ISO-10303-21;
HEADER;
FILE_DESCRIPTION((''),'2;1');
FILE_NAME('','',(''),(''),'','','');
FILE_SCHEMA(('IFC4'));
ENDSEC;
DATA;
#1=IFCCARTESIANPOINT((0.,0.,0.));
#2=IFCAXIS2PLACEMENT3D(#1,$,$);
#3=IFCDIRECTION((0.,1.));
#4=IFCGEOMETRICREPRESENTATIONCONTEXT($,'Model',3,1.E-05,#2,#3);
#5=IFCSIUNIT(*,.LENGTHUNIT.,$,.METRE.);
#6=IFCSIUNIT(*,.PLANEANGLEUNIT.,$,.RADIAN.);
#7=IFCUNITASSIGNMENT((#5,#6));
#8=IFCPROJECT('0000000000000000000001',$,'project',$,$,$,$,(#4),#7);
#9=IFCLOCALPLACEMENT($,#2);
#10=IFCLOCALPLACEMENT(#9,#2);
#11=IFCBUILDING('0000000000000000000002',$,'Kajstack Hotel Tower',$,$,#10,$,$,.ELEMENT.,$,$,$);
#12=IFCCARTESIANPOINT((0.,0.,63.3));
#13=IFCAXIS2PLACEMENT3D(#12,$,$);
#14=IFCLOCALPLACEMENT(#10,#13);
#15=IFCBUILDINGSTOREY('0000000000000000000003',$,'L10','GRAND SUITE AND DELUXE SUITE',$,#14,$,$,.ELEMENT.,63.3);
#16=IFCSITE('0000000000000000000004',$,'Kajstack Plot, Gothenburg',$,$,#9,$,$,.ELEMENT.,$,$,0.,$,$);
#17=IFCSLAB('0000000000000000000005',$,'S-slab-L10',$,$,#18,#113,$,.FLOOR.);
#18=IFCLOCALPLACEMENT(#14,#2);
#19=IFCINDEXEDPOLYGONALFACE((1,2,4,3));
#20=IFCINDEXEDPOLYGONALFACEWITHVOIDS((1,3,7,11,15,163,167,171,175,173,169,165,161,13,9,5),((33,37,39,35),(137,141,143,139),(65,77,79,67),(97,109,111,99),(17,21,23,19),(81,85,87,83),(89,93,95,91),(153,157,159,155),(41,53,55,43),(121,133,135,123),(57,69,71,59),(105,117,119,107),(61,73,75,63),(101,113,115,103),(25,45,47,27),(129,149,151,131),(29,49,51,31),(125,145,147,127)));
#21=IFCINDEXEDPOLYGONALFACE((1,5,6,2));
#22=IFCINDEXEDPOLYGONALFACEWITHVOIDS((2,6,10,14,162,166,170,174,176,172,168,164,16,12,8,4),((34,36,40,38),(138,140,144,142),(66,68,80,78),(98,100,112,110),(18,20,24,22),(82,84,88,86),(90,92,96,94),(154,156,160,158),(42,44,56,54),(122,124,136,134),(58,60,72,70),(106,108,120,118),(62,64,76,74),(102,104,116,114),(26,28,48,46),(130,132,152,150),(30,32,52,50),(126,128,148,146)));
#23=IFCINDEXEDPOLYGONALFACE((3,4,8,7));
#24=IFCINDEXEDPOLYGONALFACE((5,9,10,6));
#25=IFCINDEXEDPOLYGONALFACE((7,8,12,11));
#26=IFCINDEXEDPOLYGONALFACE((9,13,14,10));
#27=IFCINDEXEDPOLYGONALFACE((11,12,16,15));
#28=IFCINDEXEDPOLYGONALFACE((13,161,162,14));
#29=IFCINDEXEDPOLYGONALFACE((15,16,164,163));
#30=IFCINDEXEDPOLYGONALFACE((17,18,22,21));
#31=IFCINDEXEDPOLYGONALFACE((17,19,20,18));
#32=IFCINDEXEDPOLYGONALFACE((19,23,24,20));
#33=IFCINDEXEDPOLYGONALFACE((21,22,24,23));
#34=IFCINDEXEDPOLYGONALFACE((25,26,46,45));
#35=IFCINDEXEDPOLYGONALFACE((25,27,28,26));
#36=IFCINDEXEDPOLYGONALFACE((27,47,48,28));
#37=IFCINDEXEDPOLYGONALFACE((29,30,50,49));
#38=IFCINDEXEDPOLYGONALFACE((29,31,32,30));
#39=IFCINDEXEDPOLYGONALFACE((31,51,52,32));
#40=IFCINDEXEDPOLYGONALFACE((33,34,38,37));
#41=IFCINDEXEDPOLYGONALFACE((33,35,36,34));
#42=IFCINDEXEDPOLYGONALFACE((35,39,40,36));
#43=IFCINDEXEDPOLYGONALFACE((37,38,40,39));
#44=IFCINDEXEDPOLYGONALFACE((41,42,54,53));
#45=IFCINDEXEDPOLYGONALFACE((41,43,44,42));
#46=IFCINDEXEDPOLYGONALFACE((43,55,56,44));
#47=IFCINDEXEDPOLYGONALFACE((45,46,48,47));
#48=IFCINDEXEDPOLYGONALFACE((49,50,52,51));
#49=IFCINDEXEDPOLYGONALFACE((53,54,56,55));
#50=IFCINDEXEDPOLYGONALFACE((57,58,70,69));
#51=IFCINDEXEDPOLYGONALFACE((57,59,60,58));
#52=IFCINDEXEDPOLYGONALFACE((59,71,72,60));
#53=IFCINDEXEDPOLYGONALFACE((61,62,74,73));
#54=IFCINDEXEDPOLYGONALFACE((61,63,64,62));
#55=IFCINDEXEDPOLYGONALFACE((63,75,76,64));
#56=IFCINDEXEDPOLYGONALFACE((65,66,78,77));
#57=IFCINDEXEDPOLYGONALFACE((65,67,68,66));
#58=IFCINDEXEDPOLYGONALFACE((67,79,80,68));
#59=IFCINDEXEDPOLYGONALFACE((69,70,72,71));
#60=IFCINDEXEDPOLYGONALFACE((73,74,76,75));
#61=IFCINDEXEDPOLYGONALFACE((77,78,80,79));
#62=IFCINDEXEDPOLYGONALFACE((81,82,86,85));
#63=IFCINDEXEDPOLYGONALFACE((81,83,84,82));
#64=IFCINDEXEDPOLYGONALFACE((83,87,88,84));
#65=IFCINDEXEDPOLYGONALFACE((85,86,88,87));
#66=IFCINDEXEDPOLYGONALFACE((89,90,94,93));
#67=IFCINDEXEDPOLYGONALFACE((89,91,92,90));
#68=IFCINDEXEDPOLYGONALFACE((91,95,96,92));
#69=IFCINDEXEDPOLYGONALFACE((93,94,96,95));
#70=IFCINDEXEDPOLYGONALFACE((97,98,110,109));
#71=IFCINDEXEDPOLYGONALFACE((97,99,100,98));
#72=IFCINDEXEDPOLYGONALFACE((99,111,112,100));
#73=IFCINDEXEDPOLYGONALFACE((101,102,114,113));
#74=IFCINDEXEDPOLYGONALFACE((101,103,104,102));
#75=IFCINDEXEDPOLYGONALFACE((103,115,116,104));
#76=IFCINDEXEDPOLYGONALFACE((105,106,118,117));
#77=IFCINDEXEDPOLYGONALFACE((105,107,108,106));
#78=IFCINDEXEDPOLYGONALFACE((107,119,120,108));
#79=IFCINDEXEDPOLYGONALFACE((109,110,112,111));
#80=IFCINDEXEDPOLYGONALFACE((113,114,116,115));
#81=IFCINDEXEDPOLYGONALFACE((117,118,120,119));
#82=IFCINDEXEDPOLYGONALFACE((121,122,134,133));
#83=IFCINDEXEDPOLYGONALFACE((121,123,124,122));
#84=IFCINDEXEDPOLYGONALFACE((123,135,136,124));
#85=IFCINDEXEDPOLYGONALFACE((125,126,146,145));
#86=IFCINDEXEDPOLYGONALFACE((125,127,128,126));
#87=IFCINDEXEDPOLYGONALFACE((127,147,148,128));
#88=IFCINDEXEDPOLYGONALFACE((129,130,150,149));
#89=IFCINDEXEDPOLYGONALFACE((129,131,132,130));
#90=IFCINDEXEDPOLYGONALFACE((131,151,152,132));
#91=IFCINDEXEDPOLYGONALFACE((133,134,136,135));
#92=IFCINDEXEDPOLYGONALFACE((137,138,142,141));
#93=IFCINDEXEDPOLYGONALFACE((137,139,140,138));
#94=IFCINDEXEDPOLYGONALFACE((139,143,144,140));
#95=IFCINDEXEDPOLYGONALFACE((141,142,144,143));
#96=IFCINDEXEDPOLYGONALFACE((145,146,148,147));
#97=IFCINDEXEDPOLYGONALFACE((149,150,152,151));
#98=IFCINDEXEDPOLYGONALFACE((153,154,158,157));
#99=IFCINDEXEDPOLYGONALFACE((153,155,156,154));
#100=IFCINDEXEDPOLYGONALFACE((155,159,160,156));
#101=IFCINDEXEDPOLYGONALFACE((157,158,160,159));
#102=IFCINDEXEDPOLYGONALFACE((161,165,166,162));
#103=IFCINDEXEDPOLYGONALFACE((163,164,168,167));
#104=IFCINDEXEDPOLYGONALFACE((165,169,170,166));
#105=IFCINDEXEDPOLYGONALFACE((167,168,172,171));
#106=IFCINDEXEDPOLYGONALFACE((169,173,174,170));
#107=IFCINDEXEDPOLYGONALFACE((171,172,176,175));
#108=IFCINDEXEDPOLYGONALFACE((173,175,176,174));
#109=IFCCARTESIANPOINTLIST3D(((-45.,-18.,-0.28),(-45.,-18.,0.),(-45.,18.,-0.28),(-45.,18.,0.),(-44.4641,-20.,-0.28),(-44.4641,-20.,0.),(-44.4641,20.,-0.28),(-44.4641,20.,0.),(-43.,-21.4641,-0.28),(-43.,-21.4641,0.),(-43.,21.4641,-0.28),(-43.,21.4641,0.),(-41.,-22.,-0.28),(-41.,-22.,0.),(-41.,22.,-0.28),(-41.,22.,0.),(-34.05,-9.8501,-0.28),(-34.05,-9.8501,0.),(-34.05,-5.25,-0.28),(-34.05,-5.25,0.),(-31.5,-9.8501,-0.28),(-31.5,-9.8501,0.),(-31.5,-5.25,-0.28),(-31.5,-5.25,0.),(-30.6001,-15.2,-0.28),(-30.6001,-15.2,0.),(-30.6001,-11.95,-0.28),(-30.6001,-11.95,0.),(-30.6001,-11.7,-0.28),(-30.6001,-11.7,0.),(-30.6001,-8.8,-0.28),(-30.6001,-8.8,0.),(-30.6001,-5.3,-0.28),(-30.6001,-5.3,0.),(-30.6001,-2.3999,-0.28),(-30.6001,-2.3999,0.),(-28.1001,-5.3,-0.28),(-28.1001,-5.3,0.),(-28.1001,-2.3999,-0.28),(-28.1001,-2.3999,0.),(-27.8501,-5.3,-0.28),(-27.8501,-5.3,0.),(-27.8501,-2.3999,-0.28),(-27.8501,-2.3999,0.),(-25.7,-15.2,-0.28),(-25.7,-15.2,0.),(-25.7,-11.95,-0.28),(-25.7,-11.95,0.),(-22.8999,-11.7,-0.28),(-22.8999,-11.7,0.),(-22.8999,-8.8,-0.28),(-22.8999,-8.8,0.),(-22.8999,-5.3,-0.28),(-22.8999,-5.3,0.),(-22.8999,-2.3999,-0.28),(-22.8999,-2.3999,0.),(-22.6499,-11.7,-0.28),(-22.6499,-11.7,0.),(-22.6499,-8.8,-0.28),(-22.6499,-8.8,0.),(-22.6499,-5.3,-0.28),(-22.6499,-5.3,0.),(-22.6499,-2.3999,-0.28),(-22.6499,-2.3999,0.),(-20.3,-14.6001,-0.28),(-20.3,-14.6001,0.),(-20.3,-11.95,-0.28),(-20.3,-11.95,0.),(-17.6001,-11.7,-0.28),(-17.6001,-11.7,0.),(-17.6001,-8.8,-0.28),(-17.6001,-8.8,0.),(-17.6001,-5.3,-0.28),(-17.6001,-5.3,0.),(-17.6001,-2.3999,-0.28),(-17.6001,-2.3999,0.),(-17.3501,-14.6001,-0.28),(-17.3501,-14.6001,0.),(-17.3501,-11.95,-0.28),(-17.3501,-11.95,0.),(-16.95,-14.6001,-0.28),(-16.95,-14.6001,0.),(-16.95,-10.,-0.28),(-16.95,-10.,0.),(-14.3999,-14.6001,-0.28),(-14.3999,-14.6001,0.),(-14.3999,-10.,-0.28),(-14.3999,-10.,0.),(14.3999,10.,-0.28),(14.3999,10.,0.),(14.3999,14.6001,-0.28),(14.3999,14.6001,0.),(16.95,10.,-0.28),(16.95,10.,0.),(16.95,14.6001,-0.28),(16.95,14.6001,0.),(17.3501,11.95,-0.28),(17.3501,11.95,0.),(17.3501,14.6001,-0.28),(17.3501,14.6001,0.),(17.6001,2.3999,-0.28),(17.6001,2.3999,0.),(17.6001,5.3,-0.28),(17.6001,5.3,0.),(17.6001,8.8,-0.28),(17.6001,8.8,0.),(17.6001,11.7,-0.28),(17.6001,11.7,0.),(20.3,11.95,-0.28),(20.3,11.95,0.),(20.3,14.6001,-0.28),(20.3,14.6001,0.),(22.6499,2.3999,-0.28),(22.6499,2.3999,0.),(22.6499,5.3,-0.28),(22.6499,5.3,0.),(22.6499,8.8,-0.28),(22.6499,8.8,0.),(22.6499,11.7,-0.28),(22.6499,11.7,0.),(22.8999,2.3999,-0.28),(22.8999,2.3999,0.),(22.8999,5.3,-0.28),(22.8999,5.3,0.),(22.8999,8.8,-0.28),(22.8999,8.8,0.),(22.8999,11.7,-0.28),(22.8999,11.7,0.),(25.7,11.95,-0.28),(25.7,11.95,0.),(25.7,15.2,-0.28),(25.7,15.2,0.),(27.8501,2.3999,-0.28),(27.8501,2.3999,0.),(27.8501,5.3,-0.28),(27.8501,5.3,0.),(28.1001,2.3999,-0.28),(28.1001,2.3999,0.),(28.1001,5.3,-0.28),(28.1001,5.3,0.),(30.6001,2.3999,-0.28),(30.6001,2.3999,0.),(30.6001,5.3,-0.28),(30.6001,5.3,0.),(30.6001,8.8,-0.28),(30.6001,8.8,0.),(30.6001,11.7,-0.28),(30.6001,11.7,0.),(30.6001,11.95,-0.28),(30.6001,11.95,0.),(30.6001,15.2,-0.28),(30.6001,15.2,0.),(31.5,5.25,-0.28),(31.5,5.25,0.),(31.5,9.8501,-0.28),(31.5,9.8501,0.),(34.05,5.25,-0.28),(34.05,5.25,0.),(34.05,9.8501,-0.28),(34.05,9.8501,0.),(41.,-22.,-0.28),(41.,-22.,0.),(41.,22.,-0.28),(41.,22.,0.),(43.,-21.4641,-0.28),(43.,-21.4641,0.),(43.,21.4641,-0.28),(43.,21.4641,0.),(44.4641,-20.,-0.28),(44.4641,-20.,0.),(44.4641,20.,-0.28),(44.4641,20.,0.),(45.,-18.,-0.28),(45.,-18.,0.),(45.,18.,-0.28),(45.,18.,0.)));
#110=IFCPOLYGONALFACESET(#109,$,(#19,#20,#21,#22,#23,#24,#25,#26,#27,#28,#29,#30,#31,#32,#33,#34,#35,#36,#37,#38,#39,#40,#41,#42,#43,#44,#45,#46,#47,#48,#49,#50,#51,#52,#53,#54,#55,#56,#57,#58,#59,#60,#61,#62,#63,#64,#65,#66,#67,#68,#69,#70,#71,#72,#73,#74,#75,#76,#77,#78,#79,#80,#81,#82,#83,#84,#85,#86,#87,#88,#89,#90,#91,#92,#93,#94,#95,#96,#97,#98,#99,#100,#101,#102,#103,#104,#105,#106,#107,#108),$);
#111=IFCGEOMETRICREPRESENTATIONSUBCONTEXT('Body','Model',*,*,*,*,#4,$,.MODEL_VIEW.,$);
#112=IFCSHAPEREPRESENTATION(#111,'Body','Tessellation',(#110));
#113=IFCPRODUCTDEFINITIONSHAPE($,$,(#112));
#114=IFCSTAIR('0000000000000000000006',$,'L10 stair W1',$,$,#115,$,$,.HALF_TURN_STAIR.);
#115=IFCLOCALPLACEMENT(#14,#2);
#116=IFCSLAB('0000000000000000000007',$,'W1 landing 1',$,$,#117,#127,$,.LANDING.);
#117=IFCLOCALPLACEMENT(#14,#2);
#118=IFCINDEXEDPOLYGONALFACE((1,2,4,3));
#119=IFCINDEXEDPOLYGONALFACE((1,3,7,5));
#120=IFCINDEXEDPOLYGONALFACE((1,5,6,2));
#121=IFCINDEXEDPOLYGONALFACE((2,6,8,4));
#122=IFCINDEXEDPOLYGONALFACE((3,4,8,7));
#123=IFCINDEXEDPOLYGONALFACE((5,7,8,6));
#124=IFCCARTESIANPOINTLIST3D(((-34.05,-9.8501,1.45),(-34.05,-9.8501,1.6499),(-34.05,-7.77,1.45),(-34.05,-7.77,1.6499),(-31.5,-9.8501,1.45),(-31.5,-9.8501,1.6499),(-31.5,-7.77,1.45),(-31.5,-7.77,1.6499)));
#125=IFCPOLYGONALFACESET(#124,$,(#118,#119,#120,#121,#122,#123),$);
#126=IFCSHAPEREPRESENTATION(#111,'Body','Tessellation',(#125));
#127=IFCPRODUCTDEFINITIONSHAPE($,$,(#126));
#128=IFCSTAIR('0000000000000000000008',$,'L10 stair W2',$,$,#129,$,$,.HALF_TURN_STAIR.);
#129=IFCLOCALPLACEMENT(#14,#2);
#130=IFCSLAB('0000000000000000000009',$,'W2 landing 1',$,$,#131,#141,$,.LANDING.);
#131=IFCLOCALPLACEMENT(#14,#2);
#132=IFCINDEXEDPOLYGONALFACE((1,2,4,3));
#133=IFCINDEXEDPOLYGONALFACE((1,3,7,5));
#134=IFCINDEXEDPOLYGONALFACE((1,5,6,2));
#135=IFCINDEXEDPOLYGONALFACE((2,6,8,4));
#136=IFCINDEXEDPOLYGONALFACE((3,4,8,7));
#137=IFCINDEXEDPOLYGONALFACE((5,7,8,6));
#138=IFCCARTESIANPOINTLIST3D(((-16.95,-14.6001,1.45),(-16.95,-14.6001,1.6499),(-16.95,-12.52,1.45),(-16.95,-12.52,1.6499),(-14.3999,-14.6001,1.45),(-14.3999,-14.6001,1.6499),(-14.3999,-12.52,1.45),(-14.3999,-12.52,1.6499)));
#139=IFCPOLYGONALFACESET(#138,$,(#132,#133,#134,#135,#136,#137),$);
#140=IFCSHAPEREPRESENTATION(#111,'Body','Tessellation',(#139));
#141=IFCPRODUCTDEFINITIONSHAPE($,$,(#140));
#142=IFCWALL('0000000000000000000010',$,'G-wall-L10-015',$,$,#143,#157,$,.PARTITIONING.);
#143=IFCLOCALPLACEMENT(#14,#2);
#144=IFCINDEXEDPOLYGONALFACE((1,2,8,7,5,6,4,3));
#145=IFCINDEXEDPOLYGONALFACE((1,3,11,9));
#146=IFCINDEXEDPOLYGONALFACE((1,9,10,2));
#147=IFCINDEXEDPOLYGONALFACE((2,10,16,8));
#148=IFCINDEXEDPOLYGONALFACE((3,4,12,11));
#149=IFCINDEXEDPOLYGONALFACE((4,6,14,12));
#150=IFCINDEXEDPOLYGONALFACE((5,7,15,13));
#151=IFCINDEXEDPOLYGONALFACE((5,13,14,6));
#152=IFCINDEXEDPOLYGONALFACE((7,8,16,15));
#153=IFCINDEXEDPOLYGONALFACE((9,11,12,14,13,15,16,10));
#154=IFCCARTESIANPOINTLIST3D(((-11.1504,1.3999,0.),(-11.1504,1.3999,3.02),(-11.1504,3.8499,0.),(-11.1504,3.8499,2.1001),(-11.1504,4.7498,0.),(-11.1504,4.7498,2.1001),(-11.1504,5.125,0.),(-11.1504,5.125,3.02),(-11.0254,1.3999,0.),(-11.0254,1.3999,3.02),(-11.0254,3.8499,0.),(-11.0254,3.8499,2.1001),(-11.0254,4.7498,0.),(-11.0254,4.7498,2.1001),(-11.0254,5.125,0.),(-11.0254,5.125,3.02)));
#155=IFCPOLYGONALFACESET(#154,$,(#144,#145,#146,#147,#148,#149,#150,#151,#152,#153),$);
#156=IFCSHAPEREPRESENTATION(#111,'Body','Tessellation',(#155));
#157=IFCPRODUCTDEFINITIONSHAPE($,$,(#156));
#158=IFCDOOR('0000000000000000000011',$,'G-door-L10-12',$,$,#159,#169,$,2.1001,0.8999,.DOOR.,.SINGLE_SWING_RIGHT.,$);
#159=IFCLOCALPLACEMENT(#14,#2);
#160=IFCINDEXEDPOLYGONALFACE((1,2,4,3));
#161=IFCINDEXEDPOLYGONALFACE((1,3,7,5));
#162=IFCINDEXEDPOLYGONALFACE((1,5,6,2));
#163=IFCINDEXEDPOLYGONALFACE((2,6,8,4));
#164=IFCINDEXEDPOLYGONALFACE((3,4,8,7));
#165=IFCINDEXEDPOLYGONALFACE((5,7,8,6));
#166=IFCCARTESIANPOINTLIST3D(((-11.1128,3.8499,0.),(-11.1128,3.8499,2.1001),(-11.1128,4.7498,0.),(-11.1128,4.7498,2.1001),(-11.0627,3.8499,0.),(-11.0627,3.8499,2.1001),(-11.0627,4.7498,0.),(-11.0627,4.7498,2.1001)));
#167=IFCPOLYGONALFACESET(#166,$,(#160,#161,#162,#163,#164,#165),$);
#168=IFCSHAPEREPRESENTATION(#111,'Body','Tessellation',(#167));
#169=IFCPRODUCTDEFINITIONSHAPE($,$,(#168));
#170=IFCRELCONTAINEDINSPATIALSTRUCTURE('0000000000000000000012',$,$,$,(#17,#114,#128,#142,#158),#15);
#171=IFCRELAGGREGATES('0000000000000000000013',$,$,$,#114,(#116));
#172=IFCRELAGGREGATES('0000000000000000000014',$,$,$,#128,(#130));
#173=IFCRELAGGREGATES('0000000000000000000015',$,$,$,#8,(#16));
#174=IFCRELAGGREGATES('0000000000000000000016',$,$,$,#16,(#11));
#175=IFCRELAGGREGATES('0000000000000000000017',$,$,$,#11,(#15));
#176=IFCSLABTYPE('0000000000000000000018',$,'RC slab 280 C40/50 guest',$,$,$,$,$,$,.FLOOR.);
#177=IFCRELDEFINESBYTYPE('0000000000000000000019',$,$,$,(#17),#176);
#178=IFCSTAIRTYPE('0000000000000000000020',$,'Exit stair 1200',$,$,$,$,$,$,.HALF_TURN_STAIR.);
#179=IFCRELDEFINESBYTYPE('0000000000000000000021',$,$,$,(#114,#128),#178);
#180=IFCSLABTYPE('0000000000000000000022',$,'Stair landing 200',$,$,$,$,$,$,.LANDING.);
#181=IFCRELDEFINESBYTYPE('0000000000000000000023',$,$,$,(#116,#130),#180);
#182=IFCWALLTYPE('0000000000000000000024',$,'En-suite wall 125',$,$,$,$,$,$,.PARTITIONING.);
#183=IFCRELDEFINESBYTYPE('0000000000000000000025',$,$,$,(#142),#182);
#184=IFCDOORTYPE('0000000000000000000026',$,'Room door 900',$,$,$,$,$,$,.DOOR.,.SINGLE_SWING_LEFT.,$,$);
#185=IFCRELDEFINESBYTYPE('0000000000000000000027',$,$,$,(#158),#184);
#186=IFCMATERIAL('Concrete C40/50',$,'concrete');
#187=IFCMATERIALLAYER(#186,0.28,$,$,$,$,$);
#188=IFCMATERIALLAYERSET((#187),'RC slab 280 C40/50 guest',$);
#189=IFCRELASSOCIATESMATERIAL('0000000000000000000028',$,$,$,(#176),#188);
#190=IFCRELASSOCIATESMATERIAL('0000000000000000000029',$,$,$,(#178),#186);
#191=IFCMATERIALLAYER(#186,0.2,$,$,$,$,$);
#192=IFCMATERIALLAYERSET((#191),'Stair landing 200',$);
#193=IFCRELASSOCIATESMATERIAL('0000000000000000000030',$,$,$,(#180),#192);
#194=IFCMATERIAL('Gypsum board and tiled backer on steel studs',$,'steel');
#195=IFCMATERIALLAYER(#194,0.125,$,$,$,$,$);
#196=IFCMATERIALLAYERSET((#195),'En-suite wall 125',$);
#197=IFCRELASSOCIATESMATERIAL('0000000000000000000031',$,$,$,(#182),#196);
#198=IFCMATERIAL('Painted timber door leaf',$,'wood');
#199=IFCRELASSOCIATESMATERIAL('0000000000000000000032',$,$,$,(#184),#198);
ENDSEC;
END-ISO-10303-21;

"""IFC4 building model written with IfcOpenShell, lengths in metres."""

from ifc_helpers import new_model, si_unit, direction, frame, frame_2d, origin, place, context, subcontext, project, spatial, polyline, rectangle, outline, extrude, material, layer, layer_set, type_object, element, fill, aggregate, save


model = new_model("IFC4")

# Units and contexts
model_context = context("Model", 3, precision=1e-05, world=origin(), true_north=direction((0.0, 1.0)))
body_context = subcontext(model_context, "Body", "Model", "MODEL_VIEW")
ifc_project = project(units=[si_unit("LENGTHUNIT", "METRE"), si_unit("PLANEANGLEUNIT", "RADIAN")], contexts=[model_context])

# Site, building, storey
site_placement = place(None, origin())
site = spatial("IfcSite", under=ifc_project, at=site_placement, Name="Kajstack Plot, Gothenburg", CompositionType="ELEMENT", RefElevation=0.0)
building_placement = place(site_placement, origin())
building = spatial("IfcBuilding", under=site, at=building_placement, Name="Kajstack Hotel Tower", CompositionType="ELEMENT")
storey_placement = place(building_placement, frame((0.0, 0.0, 63.3)))
storey = spatial("IfcBuildingStorey", under=building, at=storey_placement, Name="L10", Description="GRAND SUITE AND DELUXE SUITE", CompositionType="ELEMENT", Elevation=63.3)

# Slab
ifc_material_1 = material(Name="Concrete C40/50", Category="concrete")
ifc_layer_1 = layer(ifc_material_1, 0.28)
ifc_layer_set_1 = layer_set([ifc_layer_1], Name="RC slab 280 C40/50 guest")
slab_type_1 = type_object("IfcSlabType", Name="RC slab 280 C40/50 guest", PredefinedType="FLOOR", material=ifc_layer_set_1)
slab_1_placement = place(storey_placement, frame((0.0, 0.0, -0.28)))
element("IfcSlab", 1, at=slab_1_placement, inside=storey, type_object=slab_type_1, Name="S-slab-L10", PredefinedType="FLOOR", context=body_context, shape_type="SweptSolid", body=[
    extrude(outline(polyline([(-45.0, -18.0), (-44.4641, -20.0), (-43.0, -21.4641), (-41.0, -22.0), (41.0, -22.0), (43.0, -21.4641), (44.4641, -20.0), (45.0, -18.0), (45.0, 18.0), (44.4641, 20.0), (43.0, 21.4641), (41.0, 22.0), (-41.0, 22.0), (-43.0, 21.4641), (-44.4641, 20.0), (-45.0, 18.0), (-45.0, -18.0)]), holes=[polyline([(-30.6001, -11.7), (-30.6001, -8.8), (-22.8999, -8.8), (-22.8999, -11.7), (-30.6001, -11.7)]), polyline([(-22.6499, -11.7), (-22.6499, -8.8), (-17.6001, -8.8), (-17.6001, -11.7), (-22.6499, -11.7)]), polyline([(-27.8501, -5.3), (-27.8501, -2.3999), (-22.8999, -2.3999), (-22.8999, -5.3), (-27.8501, -5.3)]), polyline([(-22.6499, -5.3), (-22.6499, -2.3999), (-17.6001, -2.3999), (-17.6001, -5.3), (-22.6499, -5.3)]), polyline([(-20.3, -14.6001), (-17.3501, -14.6001), (-17.3501, -11.95), (-20.3, -11.95), (-20.3, -14.6001)]), polyline([(-30.6001, -5.3), (-28.1001, -5.3), (-28.1001, -2.3999), (-30.6001, -2.3999), (-30.6001, -5.3)]), polyline([(22.8999, 8.8), (22.8999, 11.7), (30.6001, 11.7), (30.6001, 8.8), (22.8999, 8.8)]), polyline([(17.6001, 8.8), (17.6001, 11.7), (22.6499, 11.7), (22.6499, 8.8), (17.6001, 8.8)]), polyline([(22.8999, 2.3999), (22.8999, 5.3), (27.8501, 5.3), (27.8501, 2.3999), (22.8999, 2.3999)]), polyline([(17.6001, 2.3999), (17.6001, 5.3), (22.6499, 5.3), (22.6499, 2.3999), (17.6001, 2.3999)]), polyline([(20.3, 14.6001), (17.3501, 14.6001), (17.3501, 11.95), (20.3, 11.95), (20.3, 14.6001)]), polyline([(30.6001, 5.3), (28.1001, 5.3), (28.1001, 2.3999), (30.6001, 2.3999), (30.6001, 5.3)]), polyline([(-34.05, -9.8501), (-31.5, -9.8501), (-31.5, -5.25), (-34.05, -5.25), (-34.05, -9.8501)]), polyline([(-16.95, -14.6001), (-14.3999, -14.6001), (-14.3999, -10.0), (-16.95, -10.0), (-16.95, -14.6001)]), polyline([(-30.6001, -15.2), (-25.7, -15.2), (-25.7, -11.95), (-30.6001, -11.95), (-30.6001, -15.2)]), polyline([(34.05, 9.8501), (31.5, 9.8501), (31.5, 5.25), (34.05, 5.25), (34.05, 9.8501)]), polyline([(16.95, 14.6001), (14.3999, 14.6001), (14.3999, 10.0), (16.95, 10.0), (16.95, 14.6001)]), polyline([(30.6001, 15.2), (25.7, 15.2), (25.7, 11.95), (30.6001, 11.95), (30.6001, 15.2)])]), origin(), (0.0, 0.0, 1.0), 0.28),
])

# Stairs, slabs
stair_type = type_object("IfcStairType", Name="Exit stair 1200", PredefinedType="HALF_TURN_STAIR", material=ifc_material_1)
stair_1_placement = place(storey_placement, origin())
stair_1 = element("IfcStair", 2, at=stair_1_placement, inside=storey, type_object=stair_type, Name="L10 stair W1", PredefinedType="HALF_TURN_STAIR")
ifc_layer_2 = layer(ifc_material_1, 0.2)
ifc_layer_set_2 = layer_set([ifc_layer_2], Name="Stair landing 200")
slab_type_2 = type_object("IfcSlabType", Name="Stair landing 200", PredefinedType="LANDING", material=ifc_layer_set_2)
slab_2_placement = place(storey_placement, frame((0.0, 0.0, 1.45)))
slab_2 = element("IfcSlab", 3, at=slab_2_placement, type_object=slab_type_2, Name="W1 landing 1", PredefinedType="LANDING", context=body_context, shape_type="SweptSolid", body=[
    extrude(outline(polyline([(-34.05, -7.77), (-34.05, -9.8501), (-31.5, -9.8501), (-31.5, -7.77), (-34.05, -7.77)])), origin(), (0.0, 0.0, 1.0), 0.2),
])
aggregate(stair_1, [slab_2])
stair_2_placement = place(storey_placement, origin())
stair_2 = element("IfcStair", 4, at=stair_2_placement, inside=storey, type_object=stair_type, Name="L10 stair W2", PredefinedType="HALF_TURN_STAIR")
slab_3_placement = place(storey_placement, frame((0.0, 0.0, 1.45)))
slab_3 = element("IfcSlab", 5, at=slab_3_placement, type_object=slab_type_2, Name="W2 landing 1", PredefinedType="LANDING", context=body_context, shape_type="SweptSolid", body=[
    extrude(outline(polyline([(-16.95, -12.52), (-16.95, -14.6001), (-14.3999, -14.6001), (-14.3999, -12.52), (-16.95, -12.52)])), origin(), (0.0, 0.0, 1.0), 0.2),
])
aggregate(stair_2, [slab_3])

# Wall, opening, door
ifc_material_2 = material(Name="Gypsum board and tiled backer on steel studs", Category="steel")
ifc_layer_3 = layer(ifc_material_2, 0.125)
ifc_layer_set_3 = layer_set([ifc_layer_3], Name="En-suite wall 125")
wall_type_1 = type_object("IfcWallType", Name="En-suite wall 125", PredefinedType="PARTITIONING", material=ifc_layer_set_3)
wall_1_placement = place(storey_placement, frame((-11.0879, 1.3999, 0.0), z_axis=(0.0, 0.0, 1.0), x_axis=(0.0, 1.0, 0.0)))
wall_1 = element("IfcWall", 6, at=wall_1_placement, inside=storey, type_object=wall_type_1, Name="G-wall-L10-015", PredefinedType="PARTITIONING", context=body_context, shape_type="SweptSolid", body=[
    extrude(rectangle(XDim=3.7251, YDim=0.125, at=frame_2d((1.8625, 0.0))), origin(), (0.0, 0.0, 1.0), 3.02),
])
opening_1_placement = place(wall_1_placement, frame((2.45, 0.0, 0.0)))
opening_1 = element("IfcOpeningElement", 7, at=opening_1_placement, cuts=wall_1, PredefinedType="OPENING", context=body_context, shape_type="SweptSolid", body=[
    extrude(rectangle(XDim=0.8999, YDim=2.1001, at=frame_2d((0.45, 1.05))), frame((0.0, 0.0725, 0.0), z_axis=(0.0, -1.0, 0.0), x_axis=(1.0, 0.0, 0.0)), (0.0, 0.0, 1.0), 0.145),
])
ifc_material_3 = material(Name="Painted timber door leaf", Category="wood")
door_type = type_object("IfcDoorType", Name="Room door 900", OperationType="SINGLE_SWING_LEFT", PredefinedType="DOOR", material=ifc_material_3)
door_1_placement = place(opening_1_placement, origin())
door_1 = element("IfcDoor", 8, at=door_1_placement, inside=storey, type_object=door_type, Name="G-door-L10-12", OperationType="SINGLE_SWING_RIGHT", OverallHeight=2.1001, OverallWidth=0.8999, PredefinedType="DOOR", context=body_context, shape_type="SweptSolid", body=[
    extrude(rectangle(XDim=0.8999, YDim=2.1001, at=frame_2d((0.45, 1.05))), frame((0.0, 0.0249, 0.0), z_axis=(0.0, -1.0, 0.0), x_axis=(1.0, 0.0, 0.0)), (0.0, 0.0, 1.0), 0.05),
])
fill(opening_1, door_1)

save(model, "model.ifc")
